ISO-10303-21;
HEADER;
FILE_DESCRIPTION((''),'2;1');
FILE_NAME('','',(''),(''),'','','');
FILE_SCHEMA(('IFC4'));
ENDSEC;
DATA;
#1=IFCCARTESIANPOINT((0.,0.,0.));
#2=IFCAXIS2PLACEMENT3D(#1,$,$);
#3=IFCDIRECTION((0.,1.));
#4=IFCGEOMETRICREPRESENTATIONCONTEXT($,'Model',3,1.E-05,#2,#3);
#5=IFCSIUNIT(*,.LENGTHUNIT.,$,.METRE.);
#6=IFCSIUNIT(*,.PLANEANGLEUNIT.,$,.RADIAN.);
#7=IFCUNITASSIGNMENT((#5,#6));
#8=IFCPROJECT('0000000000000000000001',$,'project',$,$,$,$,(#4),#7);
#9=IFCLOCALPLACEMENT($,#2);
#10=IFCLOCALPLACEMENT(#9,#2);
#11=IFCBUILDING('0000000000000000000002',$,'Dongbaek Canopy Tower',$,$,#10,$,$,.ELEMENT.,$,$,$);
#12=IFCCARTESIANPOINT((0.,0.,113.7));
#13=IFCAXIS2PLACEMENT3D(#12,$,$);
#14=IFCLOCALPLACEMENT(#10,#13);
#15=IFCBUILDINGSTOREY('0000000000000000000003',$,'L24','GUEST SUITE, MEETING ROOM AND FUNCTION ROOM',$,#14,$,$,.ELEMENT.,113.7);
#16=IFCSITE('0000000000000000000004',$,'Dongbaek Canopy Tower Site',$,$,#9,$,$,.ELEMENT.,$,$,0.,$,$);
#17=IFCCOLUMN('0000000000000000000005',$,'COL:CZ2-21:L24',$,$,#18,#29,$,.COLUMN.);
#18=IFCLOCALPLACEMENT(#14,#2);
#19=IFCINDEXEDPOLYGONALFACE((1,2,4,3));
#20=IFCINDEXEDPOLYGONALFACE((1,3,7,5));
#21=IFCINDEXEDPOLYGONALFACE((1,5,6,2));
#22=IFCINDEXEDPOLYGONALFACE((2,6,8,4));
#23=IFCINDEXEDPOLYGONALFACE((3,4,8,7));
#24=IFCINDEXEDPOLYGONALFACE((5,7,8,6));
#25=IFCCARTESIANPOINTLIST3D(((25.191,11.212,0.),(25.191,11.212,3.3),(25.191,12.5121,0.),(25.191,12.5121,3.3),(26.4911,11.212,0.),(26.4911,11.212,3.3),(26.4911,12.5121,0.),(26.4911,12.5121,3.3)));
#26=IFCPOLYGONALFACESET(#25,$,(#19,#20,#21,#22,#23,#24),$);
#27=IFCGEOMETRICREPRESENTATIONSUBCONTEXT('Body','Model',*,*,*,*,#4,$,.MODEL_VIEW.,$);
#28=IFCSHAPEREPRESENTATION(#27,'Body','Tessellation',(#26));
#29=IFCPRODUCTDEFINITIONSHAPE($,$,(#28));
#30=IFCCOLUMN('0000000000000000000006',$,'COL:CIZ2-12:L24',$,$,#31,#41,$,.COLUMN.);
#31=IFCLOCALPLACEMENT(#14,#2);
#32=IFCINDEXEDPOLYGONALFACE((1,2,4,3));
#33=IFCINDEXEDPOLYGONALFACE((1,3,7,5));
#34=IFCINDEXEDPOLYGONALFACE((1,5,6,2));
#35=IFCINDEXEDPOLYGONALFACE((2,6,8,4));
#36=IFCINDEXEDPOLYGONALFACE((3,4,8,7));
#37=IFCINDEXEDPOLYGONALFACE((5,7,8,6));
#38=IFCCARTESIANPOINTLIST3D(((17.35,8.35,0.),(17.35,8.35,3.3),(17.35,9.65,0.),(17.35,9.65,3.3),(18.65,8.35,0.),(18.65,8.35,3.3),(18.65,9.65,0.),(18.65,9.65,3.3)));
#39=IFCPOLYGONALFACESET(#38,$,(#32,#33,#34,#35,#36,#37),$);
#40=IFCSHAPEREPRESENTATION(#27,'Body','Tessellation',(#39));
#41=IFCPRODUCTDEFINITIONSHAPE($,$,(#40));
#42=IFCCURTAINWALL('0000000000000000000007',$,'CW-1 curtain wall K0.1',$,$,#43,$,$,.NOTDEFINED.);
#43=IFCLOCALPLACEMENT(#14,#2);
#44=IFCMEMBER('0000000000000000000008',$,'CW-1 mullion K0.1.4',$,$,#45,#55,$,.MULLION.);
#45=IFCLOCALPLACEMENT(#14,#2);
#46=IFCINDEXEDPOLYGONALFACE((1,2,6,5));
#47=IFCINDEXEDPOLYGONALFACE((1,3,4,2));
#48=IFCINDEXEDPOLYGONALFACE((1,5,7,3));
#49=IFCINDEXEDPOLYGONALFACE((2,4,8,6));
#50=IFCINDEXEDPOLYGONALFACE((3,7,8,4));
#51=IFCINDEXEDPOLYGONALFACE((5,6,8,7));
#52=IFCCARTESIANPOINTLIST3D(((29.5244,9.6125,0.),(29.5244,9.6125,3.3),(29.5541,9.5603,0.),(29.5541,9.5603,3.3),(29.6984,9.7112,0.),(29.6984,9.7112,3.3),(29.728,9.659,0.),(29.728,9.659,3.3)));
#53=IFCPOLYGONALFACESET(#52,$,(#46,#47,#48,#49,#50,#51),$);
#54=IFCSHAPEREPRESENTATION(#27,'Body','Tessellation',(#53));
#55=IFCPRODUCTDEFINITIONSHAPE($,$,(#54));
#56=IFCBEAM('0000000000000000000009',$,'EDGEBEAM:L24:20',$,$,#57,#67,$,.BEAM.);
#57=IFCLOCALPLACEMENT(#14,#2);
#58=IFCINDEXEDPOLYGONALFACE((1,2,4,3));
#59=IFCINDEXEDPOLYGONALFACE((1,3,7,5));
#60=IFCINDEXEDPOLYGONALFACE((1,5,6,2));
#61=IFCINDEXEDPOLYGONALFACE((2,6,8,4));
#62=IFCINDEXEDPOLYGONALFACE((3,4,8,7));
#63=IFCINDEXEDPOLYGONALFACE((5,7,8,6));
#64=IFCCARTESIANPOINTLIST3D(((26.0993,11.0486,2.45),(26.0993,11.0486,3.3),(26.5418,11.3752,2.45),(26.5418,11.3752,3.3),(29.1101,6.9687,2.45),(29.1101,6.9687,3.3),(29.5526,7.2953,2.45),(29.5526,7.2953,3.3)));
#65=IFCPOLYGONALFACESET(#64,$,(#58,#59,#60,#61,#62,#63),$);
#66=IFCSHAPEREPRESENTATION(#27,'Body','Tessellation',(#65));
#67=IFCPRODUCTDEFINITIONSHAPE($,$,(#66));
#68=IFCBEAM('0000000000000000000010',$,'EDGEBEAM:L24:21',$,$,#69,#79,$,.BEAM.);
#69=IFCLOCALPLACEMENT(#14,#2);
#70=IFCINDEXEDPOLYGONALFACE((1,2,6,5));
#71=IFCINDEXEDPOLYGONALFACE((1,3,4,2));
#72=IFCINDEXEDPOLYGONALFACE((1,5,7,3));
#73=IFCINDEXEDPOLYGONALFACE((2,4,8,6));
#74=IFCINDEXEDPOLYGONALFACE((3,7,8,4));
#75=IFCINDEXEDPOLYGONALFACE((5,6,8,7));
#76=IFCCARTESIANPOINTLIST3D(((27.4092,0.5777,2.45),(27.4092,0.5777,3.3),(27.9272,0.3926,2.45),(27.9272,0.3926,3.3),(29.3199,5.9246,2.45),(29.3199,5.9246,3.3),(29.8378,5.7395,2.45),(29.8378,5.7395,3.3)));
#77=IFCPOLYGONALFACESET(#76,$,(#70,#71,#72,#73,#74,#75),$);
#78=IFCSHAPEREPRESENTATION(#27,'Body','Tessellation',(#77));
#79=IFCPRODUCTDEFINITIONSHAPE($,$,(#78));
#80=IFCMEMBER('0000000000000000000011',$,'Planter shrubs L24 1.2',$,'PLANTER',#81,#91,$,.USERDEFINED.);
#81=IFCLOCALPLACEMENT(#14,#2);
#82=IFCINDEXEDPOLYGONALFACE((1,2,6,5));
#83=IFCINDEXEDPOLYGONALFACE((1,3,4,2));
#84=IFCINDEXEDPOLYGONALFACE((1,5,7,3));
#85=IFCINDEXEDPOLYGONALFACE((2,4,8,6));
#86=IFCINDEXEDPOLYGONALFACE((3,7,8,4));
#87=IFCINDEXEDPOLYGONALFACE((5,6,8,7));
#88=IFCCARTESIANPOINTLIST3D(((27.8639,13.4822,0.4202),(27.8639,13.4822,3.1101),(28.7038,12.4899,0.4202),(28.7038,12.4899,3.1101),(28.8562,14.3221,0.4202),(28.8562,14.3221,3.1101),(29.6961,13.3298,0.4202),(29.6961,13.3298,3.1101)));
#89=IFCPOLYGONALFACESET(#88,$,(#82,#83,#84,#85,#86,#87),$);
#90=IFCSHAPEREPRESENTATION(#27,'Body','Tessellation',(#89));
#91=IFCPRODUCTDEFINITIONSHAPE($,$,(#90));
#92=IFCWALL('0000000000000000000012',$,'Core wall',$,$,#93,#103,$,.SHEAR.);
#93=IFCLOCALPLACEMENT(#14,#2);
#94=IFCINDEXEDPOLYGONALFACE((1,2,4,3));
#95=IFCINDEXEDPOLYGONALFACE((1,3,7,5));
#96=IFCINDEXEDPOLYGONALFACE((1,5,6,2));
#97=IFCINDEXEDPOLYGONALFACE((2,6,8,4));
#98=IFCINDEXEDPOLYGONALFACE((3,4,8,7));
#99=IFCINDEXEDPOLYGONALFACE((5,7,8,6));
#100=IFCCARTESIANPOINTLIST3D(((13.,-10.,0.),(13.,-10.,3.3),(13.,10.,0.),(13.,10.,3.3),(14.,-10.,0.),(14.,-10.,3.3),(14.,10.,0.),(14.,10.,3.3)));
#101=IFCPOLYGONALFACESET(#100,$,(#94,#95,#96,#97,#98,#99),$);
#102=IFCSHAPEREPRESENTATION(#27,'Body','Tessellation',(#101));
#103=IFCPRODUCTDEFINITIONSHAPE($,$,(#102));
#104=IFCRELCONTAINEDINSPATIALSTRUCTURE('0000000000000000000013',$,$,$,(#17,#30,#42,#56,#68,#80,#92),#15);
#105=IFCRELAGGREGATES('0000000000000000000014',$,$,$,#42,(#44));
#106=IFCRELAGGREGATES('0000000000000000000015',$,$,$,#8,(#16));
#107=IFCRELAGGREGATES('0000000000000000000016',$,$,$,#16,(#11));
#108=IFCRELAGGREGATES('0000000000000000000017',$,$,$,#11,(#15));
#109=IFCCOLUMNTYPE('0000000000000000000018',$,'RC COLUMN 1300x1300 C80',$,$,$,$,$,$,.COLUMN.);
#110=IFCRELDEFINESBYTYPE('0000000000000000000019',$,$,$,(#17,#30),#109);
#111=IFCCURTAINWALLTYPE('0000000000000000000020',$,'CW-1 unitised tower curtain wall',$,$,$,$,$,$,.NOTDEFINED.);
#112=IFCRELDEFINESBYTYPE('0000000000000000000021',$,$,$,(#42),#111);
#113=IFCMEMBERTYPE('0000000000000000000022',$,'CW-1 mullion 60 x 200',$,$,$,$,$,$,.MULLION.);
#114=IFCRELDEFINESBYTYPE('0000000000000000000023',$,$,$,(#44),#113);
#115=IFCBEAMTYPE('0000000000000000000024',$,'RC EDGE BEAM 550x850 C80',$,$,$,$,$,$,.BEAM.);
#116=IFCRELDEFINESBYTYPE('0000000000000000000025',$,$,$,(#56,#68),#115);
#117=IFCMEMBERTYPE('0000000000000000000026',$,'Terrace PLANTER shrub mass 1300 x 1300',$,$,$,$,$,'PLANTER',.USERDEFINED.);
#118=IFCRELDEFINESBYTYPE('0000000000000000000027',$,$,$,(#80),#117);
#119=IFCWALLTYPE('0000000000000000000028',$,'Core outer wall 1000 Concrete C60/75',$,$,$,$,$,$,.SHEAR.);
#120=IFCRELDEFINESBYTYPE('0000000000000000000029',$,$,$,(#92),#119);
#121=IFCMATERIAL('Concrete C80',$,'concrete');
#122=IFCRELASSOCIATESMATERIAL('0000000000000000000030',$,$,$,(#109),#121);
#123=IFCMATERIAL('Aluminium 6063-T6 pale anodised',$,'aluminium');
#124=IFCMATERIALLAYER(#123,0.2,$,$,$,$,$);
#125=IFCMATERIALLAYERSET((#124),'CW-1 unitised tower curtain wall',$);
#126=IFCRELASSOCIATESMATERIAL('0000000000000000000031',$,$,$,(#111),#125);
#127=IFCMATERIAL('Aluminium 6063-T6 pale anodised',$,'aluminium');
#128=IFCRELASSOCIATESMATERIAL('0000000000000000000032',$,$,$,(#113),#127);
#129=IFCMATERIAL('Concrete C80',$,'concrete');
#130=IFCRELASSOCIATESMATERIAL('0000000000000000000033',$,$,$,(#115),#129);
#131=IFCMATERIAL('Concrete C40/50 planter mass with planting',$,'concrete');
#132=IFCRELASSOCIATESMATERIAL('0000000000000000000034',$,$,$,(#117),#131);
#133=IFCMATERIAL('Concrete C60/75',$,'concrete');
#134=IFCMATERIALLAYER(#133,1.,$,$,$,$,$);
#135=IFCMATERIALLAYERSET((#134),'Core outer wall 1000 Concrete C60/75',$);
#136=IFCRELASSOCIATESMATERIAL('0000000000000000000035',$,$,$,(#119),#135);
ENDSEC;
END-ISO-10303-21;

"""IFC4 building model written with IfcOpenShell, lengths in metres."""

from ifc_helpers import new_model, si_unit, direction, frame, frame_2d, origin, origin_2d, place, context, subcontext, project, spatial, rectangle, extrude, material, layer, layer_set, material_profile, profile_set, type_object, element, aggregate, save


model = new_model("IFC4")

# Units and contexts
model_context = context("Model", 3, precision=1e-05, world=origin(), true_north=direction((0.0, 1.0)))
body_context = subcontext(model_context, "Body", "Model", "MODEL_VIEW")
ifc_project = project(units=[si_unit("LENGTHUNIT", "METRE"), si_unit("PLANEANGLEUNIT", "RADIAN")], contexts=[model_context])

# Site, building, storey
site_placement = place(None, origin())
site = spatial("IfcSite", under=ifc_project, at=site_placement, Name="Dongbaek Canopy Tower Site", CompositionType="ELEMENT", RefElevation=0.0)
building_placement = place(site_placement, origin())
building = spatial("IfcBuilding", under=site, at=building_placement, Name="Dongbaek Canopy Tower", CompositionType="ELEMENT")
storey_placement = place(building_placement, frame((0.0, 0.0, 113.7)))
storey = spatial("IfcBuildingStorey", under=building, at=storey_placement, Name="L24", Description="GUEST SUITE, MEETING ROOM AND FUNCTION ROOM", CompositionType="ELEMENT", Elevation=113.7)

# Columns
ifc_material_1 = material(Name="Concrete C80", Category="concrete")
ifc_material_profile_1 = material_profile(ifc_material_1, rectangle(XDim=1.3, YDim=1.3, at=origin_2d()), Name="RC COLUMN 1300x1300 C80")
ifc_profile_set_1 = profile_set([ifc_material_profile_1], Name="Concrete C80")
column_type = type_object("IfcColumnType", Name="RC COLUMN 1300x1300 C80", PredefinedType="COLUMN", material=ifc_profile_set_1)
for number, where, z_axis, x_axis, name in (
    (1, (25.8411, 11.8621, 0.0), (0.0, 0.0, 1.0), (1.0, 0.0, 0.0), "COL:CZ2-21:L24"),
    (2, (18.0, 9.0, 0.0), (0.0, 0.0, 1.0), (1.0, 0.0, 0.0), "COL:CIZ2-12:L24"),
):
    element("IfcColumn", number, at=place(storey_placement, frame(where, z_axis=z_axis, x_axis=x_axis)), inside=storey, type_object=column_type, Name=name, PredefinedType="COLUMN", context=body_context, shape_type="SweptSolid", body=[
        extrude(rectangle(XDim=1.3, YDim=1.3, at=origin_2d()), origin(), (0.0, 0.0, 1.0), 3.3),
    ])

# Curtain wall, member
ifc_material_2 = material(Name="Aluminium 6063-T6 pale anodised", Category="aluminium")
ifc_layer_1 = layer(ifc_material_2, 0.2)
ifc_layer_set_1 = layer_set([ifc_layer_1], Name="CW-1 unitised tower curtain wall")
curtain_wall_type = type_object("IfcCurtainWallType", Name="CW-1 unitised tower curtain wall", PredefinedType="NOTDEFINED", material=ifc_layer_set_1)
curtain_wall_placement = place(storey_placement, origin())
curtain_wall = element("IfcCurtainWall", 3, at=curtain_wall_placement, inside=storey, type_object=curtain_wall_type, Name="CW-1 curtain wall K0.1", PredefinedType="NOTDEFINED")
ifc_material_3 = material(Name="Aluminium 6063-T6 pale anodised", Category="aluminium")
ifc_material_profile_2 = material_profile(ifc_material_3, rectangle(XDim=0.2, YDim=0.0601, at=origin_2d()), Name="CW-1 mullion 60 x 200")
ifc_profile_set_2 = profile_set([ifc_material_profile_2], Name="Aluminium 6063-T6 pale anodised")
member_type_1 = type_object("IfcMemberType", Name="CW-1 mullion 60 x 200", PredefinedType="MULLION", material=ifc_profile_set_2)
member_1_placement = place(storey_placement, frame((29.6262, 9.6357, 0.0), z_axis=(0.0, 0.0, 1.0), x_axis=(0.869724, 0.493539, 0.0)))
member_1 = element("IfcMember", 4, at=member_1_placement, type_object=member_type_1, Name="CW-1 mullion K0.1.4", PredefinedType="MULLION", context=body_context, shape_type="SweptSolid", body=[
    extrude(rectangle(XDim=0.2, YDim=0.0601, at=origin_2d()), origin(), (0.0, 0.0, 1.0), 3.3),
])
aggregate(curtain_wall, [member_1])

# Beams
ifc_material_4 = material(Name="Concrete C80", Category="concrete")
ifc_material_profile_3 = material_profile(ifc_material_4, rectangle(XDim=0.55, YDim=0.8501, at=origin_2d()), Name="RC EDGE BEAM 550x850 C80")
ifc_profile_set_3 = profile_set([ifc_material_profile_3], Name="Concrete C80")
beam_type = type_object("IfcBeamType", Name="RC EDGE BEAM 550x850 C80", PredefinedType="BEAM", material=ifc_profile_set_3)
beam_1_placement = place(storey_placement, frame((26.3206, 11.2119, 2.875), z_axis=(0.59378, -0.804627, 0.0), x_axis=(0.804627, 0.59378, 0.0)))
element("IfcBeam", 5, at=beam_1_placement, inside=storey, type_object=beam_type, Name="EDGEBEAM:L24:20", PredefinedType="BEAM", context=body_context, shape_type="SweptSolid", body=[
    extrude(rectangle(XDim=0.55, YDim=0.8501, at=origin_2d()), origin(), (0.0, 0.0, 1.0), 5.0706),
])
beam_2_placement = place(storey_placement, frame((29.5789, 5.832, 2.875), z_axis=(-0.336497, -0.941685, 0.0), x_axis=(0.941685, -0.336497, 0.0)))
element("IfcBeam", 6, at=beam_2_placement, inside=storey, type_object=beam_type, Name="EDGEBEAM:L24:21", PredefinedType="BEAM", context=body_context, shape_type="SweptSolid", body=[
    extrude(rectangle(XDim=0.55, YDim=0.8501, at=origin_2d()), origin(), (0.0, 0.0, 1.0), 5.678),
])

# Member
ifc_material_5 = material(Name="Concrete C40/50 planter mass with planting", Category="concrete")
ifc_material_profile_4 = material_profile(ifc_material_5, rectangle(XDim=1.3, YDim=1.3, at=origin_2d()), Name="Terrace PLANTER shrub mass 1300 x 1300")
ifc_profile_set_4 = profile_set([ifc_material_profile_4], Name="Concrete C40/50 planter mass with planting")
member_type_2 = type_object("IfcMemberType", Name="Terrace PLANTER shrub mass 1300 x 1300", ElementType="PLANTER", PredefinedType="USERDEFINED", material=ifc_profile_set_4)
member_2_placement = place(storey_placement, frame((28.78, 13.406, 0.4202), z_axis=(0.0, 0.0, 1.0), x_axis=(0.76329, 0.646056, 0.0)))
element("IfcMember", 7, at=member_2_placement, inside=storey, type_object=member_type_2, Name="Planter shrubs L24 1.2", ObjectType="PLANTER", PredefinedType="USERDEFINED", context=body_context, shape_type="SweptSolid", body=[
    extrude(rectangle(XDim=1.3, YDim=1.3, at=origin_2d()), origin(), (0.0, 0.0, 1.0), 2.6899),
])

# Wall
ifc_material_6 = material(Name="Concrete C60/75", Category="concrete")
ifc_layer_2 = layer(ifc_material_6, 1.0)
ifc_layer_set_2 = layer_set([ifc_layer_2], Name="Core outer wall 1000 Concrete C60/75")
wall_type_1 = type_object("IfcWallType", Name="Core outer wall 1000 Concrete C60/75", PredefinedType="SHEAR", material=ifc_layer_set_2)
wall_1_placement = place(storey_placement, frame((13.5, 10.0, 0.0), z_axis=(0.0, 0.0, 1.0), x_axis=(0.0, -1.0, 0.0)))
element("IfcWall", 8, at=wall_1_placement, inside=storey, type_object=wall_type_1, Name="Core wall", PredefinedType="SHEAR", context=body_context, shape_type="SweptSolid", body=[
    extrude(rectangle(XDim=20.0, YDim=1.0, at=frame_2d((10.0, 0.0))), origin(), (0.0, 0.0, 1.0), 3.3),
])

save(model, "model.ifc")
